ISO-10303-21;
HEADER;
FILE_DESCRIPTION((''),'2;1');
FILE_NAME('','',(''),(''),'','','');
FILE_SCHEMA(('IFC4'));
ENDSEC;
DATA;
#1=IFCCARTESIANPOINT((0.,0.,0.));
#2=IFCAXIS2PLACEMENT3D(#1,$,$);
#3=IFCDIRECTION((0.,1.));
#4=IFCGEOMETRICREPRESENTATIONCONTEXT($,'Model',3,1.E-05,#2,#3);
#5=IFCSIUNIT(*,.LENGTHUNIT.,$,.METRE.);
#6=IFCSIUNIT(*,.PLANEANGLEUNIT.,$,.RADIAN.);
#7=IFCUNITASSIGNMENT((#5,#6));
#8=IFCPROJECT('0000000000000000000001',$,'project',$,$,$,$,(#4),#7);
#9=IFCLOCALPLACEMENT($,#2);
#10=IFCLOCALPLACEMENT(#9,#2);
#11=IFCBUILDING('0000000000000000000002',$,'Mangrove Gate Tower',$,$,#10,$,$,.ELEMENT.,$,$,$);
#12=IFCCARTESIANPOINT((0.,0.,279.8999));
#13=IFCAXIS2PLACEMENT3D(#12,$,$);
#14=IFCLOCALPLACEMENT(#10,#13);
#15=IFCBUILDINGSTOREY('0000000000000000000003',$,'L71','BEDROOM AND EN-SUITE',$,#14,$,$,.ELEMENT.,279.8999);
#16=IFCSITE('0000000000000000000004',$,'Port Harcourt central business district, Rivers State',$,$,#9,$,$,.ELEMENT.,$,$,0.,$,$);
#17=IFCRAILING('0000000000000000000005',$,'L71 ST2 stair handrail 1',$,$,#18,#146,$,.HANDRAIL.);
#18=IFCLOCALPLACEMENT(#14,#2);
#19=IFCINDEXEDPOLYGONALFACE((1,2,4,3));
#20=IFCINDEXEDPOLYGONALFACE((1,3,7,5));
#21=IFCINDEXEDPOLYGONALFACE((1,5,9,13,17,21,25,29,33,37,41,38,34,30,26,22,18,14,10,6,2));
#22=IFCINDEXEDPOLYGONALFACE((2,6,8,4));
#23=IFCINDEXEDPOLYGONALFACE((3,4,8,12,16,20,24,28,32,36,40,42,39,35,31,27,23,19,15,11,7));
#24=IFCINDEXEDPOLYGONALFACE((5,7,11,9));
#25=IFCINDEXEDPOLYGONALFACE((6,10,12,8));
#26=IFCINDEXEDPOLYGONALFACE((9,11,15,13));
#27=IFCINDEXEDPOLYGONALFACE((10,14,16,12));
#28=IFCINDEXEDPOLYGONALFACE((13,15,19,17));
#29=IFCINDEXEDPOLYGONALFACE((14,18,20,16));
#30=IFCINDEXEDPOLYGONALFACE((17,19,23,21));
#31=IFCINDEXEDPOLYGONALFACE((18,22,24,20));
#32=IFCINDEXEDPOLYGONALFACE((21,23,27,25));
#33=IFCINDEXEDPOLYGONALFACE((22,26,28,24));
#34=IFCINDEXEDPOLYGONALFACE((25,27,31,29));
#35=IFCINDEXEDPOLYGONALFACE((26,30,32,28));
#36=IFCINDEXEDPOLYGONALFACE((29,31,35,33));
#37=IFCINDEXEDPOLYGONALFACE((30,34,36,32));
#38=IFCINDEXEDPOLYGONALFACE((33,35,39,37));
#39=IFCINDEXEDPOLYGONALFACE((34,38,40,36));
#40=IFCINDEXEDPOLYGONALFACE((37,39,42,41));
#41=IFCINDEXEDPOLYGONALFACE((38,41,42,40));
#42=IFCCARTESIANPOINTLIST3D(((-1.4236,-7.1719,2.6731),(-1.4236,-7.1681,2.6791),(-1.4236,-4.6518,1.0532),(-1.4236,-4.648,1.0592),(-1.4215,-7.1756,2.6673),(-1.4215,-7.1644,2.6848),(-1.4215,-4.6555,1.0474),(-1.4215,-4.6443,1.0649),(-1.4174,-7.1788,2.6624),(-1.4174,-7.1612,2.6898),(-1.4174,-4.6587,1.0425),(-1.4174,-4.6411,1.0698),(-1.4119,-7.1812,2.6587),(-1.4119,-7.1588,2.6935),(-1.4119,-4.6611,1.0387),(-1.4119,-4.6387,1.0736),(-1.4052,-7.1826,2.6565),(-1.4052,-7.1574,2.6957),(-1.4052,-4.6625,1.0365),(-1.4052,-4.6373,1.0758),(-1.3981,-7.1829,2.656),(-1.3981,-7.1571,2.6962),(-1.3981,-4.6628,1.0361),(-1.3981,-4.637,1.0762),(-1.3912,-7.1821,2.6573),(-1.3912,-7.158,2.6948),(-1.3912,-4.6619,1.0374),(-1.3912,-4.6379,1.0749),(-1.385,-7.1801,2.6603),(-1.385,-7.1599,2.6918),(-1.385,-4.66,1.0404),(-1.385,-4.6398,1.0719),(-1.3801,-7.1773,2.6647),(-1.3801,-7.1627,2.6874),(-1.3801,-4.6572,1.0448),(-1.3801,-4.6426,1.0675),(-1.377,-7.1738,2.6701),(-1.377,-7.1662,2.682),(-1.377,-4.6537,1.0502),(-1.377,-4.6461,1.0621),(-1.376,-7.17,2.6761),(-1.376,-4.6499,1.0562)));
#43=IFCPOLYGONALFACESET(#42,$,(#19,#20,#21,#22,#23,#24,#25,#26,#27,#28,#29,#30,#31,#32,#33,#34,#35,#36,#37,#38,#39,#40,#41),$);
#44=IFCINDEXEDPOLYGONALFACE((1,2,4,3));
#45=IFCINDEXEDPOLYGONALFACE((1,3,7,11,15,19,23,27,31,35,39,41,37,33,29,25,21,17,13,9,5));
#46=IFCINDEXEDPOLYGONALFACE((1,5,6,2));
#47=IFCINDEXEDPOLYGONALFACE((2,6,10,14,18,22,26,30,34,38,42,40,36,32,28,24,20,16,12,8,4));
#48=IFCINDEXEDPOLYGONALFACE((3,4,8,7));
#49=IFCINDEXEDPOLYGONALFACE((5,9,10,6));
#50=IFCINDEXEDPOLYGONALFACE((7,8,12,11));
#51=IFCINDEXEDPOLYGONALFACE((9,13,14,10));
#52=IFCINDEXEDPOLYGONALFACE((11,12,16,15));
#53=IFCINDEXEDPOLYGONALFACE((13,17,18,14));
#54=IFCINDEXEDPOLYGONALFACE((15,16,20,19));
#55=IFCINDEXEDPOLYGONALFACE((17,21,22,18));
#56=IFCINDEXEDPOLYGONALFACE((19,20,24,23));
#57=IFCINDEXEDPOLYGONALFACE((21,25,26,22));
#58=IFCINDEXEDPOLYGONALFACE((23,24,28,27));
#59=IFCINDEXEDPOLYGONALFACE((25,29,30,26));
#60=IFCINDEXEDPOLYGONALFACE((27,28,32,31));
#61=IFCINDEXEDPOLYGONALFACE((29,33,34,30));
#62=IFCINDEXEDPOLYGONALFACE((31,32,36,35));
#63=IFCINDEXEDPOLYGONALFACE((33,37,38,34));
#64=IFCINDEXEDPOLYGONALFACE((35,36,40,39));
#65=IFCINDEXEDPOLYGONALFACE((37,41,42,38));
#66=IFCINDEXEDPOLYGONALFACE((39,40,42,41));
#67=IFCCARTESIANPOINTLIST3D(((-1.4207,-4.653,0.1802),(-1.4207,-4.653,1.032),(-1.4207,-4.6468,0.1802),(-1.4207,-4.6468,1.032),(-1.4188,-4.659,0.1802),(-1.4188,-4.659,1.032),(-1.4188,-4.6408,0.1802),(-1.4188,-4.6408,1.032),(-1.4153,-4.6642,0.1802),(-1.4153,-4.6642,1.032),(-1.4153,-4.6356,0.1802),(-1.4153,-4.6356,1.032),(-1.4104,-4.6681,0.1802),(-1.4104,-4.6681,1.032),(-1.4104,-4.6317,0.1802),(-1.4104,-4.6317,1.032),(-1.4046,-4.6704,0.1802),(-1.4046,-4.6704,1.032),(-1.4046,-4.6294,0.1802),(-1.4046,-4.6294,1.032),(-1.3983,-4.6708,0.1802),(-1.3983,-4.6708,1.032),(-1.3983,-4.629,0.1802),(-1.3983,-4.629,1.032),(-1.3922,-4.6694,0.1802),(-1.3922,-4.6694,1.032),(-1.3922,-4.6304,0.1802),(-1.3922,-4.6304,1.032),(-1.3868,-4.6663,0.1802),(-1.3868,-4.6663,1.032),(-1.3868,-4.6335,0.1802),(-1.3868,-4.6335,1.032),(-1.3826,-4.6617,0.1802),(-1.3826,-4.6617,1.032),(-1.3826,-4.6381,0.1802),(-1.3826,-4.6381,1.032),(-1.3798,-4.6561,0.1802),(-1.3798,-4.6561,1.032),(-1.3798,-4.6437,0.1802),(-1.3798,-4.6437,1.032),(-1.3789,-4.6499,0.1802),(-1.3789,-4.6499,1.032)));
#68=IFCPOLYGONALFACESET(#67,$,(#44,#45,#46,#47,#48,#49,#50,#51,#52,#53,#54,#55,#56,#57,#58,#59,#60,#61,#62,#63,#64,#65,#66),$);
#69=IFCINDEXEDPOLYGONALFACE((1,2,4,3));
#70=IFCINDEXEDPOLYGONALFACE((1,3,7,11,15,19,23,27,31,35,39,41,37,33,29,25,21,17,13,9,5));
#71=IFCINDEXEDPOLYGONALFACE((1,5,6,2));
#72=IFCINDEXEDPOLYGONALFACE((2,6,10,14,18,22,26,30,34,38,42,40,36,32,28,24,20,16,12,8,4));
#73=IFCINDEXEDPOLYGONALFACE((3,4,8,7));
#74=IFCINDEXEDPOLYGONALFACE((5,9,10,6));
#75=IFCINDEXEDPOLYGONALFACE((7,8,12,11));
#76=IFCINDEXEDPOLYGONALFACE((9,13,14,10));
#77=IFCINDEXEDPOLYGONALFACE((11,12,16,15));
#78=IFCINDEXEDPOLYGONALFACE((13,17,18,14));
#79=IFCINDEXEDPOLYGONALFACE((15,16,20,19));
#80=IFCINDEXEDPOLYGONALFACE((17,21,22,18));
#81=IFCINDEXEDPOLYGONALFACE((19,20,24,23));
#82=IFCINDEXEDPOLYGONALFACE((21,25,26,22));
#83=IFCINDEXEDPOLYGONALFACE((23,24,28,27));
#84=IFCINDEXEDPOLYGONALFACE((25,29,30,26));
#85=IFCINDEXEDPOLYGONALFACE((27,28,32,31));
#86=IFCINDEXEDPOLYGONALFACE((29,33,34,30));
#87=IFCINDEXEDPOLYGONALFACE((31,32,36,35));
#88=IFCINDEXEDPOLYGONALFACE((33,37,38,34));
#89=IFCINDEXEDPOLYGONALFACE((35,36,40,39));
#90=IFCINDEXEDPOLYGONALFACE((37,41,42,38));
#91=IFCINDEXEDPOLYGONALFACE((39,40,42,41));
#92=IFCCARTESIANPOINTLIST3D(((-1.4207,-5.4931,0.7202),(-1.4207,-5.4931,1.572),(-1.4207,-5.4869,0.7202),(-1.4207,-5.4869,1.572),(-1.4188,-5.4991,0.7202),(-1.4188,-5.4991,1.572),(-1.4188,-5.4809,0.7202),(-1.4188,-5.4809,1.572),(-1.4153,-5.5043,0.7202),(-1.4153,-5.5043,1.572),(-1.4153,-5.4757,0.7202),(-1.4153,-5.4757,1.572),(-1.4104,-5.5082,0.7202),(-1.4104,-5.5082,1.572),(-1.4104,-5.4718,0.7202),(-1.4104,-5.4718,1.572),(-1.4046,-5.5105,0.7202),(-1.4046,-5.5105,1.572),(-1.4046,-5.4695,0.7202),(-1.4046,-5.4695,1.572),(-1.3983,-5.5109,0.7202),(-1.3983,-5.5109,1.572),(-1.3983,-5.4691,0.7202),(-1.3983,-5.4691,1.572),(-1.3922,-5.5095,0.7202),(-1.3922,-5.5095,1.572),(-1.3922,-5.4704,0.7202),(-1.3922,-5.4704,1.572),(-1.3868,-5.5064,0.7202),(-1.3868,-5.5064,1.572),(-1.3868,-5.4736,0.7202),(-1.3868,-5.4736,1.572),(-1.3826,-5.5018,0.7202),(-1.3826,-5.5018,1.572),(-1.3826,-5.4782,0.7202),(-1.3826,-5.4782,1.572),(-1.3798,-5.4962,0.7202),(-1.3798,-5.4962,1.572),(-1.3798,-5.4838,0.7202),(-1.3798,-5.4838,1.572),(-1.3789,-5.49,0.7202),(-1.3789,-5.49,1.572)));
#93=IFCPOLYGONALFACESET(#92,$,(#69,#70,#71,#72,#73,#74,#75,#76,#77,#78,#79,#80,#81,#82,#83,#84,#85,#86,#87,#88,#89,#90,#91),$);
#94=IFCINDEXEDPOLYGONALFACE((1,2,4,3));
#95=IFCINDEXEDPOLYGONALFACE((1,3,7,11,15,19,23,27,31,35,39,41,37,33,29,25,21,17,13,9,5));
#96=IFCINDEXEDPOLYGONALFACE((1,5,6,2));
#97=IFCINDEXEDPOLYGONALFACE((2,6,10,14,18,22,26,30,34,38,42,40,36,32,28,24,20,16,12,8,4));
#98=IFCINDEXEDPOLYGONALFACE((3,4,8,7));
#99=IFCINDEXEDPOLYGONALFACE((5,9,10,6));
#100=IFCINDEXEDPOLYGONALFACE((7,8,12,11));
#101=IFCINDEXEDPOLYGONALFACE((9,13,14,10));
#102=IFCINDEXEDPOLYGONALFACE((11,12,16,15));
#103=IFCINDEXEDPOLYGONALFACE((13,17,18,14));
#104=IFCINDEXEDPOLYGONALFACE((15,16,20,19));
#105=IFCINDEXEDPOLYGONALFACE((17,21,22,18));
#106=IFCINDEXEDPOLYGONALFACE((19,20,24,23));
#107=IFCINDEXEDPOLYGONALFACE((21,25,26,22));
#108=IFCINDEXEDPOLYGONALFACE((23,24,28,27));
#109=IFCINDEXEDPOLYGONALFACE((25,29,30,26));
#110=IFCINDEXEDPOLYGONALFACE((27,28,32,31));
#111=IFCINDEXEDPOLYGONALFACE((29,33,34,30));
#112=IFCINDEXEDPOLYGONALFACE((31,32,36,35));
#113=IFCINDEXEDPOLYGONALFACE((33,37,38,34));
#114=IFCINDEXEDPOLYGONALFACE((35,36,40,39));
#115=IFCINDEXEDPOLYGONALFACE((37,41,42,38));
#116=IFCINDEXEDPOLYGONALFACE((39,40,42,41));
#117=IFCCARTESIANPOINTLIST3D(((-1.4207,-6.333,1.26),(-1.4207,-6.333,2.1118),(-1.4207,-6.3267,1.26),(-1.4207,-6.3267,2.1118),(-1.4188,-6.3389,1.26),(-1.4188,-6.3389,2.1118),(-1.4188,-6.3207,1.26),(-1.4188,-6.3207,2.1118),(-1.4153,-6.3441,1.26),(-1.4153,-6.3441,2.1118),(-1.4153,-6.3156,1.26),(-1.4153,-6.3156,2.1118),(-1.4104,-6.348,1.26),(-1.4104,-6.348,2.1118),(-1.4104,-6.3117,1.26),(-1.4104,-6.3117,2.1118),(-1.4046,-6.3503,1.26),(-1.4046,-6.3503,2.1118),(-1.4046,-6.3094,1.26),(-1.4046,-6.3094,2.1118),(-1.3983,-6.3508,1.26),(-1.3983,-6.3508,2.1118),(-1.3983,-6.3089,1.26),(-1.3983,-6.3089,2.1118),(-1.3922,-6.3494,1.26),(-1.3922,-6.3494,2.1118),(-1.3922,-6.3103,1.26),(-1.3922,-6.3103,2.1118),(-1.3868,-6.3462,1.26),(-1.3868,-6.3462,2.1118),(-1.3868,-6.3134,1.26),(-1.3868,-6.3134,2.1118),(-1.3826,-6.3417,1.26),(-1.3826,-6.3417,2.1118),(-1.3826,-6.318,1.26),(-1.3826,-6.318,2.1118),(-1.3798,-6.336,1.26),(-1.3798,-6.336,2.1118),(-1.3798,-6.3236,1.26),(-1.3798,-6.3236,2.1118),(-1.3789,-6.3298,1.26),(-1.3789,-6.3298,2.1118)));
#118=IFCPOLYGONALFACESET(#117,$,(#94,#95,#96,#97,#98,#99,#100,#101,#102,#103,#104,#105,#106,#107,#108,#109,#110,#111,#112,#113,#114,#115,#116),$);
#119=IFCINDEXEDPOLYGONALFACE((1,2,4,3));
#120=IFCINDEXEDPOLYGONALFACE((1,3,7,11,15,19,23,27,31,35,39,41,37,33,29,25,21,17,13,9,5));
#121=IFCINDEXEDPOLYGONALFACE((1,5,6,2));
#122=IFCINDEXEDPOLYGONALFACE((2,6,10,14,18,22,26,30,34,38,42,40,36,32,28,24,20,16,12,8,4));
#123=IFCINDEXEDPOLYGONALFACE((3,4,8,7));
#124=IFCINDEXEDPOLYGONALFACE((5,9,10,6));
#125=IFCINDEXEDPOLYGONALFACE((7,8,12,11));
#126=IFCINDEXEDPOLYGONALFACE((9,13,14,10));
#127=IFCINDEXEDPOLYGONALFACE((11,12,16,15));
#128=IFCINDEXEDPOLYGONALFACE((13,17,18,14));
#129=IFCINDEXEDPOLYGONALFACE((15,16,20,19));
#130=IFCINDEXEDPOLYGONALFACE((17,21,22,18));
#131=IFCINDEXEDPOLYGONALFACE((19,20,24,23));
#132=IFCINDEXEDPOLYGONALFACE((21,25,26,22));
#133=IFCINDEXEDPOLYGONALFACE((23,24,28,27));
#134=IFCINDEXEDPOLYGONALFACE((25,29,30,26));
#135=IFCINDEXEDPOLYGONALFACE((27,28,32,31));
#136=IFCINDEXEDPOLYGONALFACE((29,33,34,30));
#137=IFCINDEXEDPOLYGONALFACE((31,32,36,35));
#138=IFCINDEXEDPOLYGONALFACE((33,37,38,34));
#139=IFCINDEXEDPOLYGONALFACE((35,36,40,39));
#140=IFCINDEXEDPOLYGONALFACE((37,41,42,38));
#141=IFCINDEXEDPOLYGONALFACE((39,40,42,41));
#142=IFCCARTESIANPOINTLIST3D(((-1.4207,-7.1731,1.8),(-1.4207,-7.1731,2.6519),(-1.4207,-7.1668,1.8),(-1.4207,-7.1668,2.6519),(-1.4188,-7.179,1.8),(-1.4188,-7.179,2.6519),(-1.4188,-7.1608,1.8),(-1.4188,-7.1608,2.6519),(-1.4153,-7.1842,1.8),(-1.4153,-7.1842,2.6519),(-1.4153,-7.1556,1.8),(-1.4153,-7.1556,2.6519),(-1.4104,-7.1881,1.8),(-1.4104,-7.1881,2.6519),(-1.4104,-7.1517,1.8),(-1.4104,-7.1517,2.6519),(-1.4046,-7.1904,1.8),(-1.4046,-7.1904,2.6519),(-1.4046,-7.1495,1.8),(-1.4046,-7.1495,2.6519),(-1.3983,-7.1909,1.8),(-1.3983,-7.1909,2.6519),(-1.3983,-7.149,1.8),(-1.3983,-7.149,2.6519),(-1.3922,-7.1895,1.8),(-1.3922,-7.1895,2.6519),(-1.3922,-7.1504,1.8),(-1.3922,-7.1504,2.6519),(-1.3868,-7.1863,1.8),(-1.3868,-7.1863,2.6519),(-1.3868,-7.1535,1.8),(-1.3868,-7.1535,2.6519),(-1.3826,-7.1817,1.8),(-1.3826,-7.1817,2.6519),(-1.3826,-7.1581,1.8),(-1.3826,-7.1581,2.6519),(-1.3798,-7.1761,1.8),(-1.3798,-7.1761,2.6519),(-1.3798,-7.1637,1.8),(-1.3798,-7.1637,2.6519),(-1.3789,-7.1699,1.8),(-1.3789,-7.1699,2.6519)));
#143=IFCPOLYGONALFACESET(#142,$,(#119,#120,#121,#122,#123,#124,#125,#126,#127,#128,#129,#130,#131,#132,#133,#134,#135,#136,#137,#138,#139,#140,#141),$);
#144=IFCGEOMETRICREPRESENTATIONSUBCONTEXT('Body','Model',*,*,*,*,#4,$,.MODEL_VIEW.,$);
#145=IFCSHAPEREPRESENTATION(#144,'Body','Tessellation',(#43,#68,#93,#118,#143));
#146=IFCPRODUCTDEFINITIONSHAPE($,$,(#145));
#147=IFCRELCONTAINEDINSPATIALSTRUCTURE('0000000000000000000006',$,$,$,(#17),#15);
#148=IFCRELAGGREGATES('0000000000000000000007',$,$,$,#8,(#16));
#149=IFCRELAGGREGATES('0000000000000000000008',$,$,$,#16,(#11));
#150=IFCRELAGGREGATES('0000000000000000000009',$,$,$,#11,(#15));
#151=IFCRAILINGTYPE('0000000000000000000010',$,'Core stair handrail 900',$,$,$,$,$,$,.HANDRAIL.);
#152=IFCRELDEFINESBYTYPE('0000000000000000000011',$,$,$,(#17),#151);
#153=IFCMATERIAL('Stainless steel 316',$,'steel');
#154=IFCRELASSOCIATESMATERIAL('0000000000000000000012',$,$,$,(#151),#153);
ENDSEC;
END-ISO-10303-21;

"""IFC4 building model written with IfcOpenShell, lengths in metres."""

from ifc_helpers import new_model, si_unit, direction, frame, origin, origin_2d, place, context, subcontext, project, spatial, circle, extrude, material, type_object, element, save


model = new_model("IFC4")

# Units and contexts
model_context = context("Model", 3, precision=1e-05, world=origin(), true_north=direction((0.0, 1.0)))
body_context = subcontext(model_context, "Body", "Model", "MODEL_VIEW")
ifc_project = project(units=[si_unit("LENGTHUNIT", "METRE"), si_unit("PLANEANGLEUNIT", "RADIAN")], contexts=[model_context])

# Site, building, storey
site_placement = place(None, origin())
site = spatial("IfcSite", under=ifc_project, at=site_placement, Name="Port Harcourt central business district, Rivers State", CompositionType="ELEMENT", RefElevation=0.0)
building_placement = place(site_placement, origin())
building = spatial("IfcBuilding", under=site, at=building_placement, Name="Mangrove Gate Tower", CompositionType="ELEMENT")
storey_placement = place(building_placement, frame((0.0, 0.0, 279.8999)))
storey = spatial("IfcBuildingStorey", under=building, at=storey_placement, Name="L71", Description="BEDROOM AND EN-SUITE", CompositionType="ELEMENT", Elevation=279.8999)

# Railing
ifc_material_1 = material(Name="Stainless steel 316", Category="steel")
railing_type_1 = type_object("IfcRailingType", Name="Core stair handrail 900", PredefinedType="HANDRAIL", material=ifc_material_1)
railing_1_placement = place(storey_placement, frame((-1.3999, -4.6499, 0.1802)))
element("IfcRailing", 1, at=railing_1_placement, inside=storey, type_object=railing_type_1, Name="L71 ST2 stair handrail 1", PredefinedType="HANDRAIL", context=body_context, shape_type="SweptSolid", body=[
    extrude(circle(Radius=0.0239, at=origin_2d()), frame((0.0, 0.0, 0.876), z_axis=(0.0, -0.8412, 0.540725), x_axis=(1.0, 0.0, 0.0)), (0.0, 0.0, 1.0), 2.9958),
    extrude(circle(Radius=0.021, at=origin_2d()), origin(), (0.0, 0.0, 1.0), 0.8518),
    extrude(circle(Radius=0.021, at=origin_2d()), frame((0.0, -0.8401, 0.54)), (0.0, 0.0, 1.0), 0.8518),
    extrude(circle(Radius=0.021, at=origin_2d()), frame((0.0, -1.6799, 1.0798)), (0.0, 0.0, 1.0), 0.8518),
    extrude(circle(Radius=0.021, at=origin_2d()), frame((0.0, -2.52, 1.6199)), (0.0, 0.0, 1.0), 0.8518),
])

save(model, "model.ifc")
